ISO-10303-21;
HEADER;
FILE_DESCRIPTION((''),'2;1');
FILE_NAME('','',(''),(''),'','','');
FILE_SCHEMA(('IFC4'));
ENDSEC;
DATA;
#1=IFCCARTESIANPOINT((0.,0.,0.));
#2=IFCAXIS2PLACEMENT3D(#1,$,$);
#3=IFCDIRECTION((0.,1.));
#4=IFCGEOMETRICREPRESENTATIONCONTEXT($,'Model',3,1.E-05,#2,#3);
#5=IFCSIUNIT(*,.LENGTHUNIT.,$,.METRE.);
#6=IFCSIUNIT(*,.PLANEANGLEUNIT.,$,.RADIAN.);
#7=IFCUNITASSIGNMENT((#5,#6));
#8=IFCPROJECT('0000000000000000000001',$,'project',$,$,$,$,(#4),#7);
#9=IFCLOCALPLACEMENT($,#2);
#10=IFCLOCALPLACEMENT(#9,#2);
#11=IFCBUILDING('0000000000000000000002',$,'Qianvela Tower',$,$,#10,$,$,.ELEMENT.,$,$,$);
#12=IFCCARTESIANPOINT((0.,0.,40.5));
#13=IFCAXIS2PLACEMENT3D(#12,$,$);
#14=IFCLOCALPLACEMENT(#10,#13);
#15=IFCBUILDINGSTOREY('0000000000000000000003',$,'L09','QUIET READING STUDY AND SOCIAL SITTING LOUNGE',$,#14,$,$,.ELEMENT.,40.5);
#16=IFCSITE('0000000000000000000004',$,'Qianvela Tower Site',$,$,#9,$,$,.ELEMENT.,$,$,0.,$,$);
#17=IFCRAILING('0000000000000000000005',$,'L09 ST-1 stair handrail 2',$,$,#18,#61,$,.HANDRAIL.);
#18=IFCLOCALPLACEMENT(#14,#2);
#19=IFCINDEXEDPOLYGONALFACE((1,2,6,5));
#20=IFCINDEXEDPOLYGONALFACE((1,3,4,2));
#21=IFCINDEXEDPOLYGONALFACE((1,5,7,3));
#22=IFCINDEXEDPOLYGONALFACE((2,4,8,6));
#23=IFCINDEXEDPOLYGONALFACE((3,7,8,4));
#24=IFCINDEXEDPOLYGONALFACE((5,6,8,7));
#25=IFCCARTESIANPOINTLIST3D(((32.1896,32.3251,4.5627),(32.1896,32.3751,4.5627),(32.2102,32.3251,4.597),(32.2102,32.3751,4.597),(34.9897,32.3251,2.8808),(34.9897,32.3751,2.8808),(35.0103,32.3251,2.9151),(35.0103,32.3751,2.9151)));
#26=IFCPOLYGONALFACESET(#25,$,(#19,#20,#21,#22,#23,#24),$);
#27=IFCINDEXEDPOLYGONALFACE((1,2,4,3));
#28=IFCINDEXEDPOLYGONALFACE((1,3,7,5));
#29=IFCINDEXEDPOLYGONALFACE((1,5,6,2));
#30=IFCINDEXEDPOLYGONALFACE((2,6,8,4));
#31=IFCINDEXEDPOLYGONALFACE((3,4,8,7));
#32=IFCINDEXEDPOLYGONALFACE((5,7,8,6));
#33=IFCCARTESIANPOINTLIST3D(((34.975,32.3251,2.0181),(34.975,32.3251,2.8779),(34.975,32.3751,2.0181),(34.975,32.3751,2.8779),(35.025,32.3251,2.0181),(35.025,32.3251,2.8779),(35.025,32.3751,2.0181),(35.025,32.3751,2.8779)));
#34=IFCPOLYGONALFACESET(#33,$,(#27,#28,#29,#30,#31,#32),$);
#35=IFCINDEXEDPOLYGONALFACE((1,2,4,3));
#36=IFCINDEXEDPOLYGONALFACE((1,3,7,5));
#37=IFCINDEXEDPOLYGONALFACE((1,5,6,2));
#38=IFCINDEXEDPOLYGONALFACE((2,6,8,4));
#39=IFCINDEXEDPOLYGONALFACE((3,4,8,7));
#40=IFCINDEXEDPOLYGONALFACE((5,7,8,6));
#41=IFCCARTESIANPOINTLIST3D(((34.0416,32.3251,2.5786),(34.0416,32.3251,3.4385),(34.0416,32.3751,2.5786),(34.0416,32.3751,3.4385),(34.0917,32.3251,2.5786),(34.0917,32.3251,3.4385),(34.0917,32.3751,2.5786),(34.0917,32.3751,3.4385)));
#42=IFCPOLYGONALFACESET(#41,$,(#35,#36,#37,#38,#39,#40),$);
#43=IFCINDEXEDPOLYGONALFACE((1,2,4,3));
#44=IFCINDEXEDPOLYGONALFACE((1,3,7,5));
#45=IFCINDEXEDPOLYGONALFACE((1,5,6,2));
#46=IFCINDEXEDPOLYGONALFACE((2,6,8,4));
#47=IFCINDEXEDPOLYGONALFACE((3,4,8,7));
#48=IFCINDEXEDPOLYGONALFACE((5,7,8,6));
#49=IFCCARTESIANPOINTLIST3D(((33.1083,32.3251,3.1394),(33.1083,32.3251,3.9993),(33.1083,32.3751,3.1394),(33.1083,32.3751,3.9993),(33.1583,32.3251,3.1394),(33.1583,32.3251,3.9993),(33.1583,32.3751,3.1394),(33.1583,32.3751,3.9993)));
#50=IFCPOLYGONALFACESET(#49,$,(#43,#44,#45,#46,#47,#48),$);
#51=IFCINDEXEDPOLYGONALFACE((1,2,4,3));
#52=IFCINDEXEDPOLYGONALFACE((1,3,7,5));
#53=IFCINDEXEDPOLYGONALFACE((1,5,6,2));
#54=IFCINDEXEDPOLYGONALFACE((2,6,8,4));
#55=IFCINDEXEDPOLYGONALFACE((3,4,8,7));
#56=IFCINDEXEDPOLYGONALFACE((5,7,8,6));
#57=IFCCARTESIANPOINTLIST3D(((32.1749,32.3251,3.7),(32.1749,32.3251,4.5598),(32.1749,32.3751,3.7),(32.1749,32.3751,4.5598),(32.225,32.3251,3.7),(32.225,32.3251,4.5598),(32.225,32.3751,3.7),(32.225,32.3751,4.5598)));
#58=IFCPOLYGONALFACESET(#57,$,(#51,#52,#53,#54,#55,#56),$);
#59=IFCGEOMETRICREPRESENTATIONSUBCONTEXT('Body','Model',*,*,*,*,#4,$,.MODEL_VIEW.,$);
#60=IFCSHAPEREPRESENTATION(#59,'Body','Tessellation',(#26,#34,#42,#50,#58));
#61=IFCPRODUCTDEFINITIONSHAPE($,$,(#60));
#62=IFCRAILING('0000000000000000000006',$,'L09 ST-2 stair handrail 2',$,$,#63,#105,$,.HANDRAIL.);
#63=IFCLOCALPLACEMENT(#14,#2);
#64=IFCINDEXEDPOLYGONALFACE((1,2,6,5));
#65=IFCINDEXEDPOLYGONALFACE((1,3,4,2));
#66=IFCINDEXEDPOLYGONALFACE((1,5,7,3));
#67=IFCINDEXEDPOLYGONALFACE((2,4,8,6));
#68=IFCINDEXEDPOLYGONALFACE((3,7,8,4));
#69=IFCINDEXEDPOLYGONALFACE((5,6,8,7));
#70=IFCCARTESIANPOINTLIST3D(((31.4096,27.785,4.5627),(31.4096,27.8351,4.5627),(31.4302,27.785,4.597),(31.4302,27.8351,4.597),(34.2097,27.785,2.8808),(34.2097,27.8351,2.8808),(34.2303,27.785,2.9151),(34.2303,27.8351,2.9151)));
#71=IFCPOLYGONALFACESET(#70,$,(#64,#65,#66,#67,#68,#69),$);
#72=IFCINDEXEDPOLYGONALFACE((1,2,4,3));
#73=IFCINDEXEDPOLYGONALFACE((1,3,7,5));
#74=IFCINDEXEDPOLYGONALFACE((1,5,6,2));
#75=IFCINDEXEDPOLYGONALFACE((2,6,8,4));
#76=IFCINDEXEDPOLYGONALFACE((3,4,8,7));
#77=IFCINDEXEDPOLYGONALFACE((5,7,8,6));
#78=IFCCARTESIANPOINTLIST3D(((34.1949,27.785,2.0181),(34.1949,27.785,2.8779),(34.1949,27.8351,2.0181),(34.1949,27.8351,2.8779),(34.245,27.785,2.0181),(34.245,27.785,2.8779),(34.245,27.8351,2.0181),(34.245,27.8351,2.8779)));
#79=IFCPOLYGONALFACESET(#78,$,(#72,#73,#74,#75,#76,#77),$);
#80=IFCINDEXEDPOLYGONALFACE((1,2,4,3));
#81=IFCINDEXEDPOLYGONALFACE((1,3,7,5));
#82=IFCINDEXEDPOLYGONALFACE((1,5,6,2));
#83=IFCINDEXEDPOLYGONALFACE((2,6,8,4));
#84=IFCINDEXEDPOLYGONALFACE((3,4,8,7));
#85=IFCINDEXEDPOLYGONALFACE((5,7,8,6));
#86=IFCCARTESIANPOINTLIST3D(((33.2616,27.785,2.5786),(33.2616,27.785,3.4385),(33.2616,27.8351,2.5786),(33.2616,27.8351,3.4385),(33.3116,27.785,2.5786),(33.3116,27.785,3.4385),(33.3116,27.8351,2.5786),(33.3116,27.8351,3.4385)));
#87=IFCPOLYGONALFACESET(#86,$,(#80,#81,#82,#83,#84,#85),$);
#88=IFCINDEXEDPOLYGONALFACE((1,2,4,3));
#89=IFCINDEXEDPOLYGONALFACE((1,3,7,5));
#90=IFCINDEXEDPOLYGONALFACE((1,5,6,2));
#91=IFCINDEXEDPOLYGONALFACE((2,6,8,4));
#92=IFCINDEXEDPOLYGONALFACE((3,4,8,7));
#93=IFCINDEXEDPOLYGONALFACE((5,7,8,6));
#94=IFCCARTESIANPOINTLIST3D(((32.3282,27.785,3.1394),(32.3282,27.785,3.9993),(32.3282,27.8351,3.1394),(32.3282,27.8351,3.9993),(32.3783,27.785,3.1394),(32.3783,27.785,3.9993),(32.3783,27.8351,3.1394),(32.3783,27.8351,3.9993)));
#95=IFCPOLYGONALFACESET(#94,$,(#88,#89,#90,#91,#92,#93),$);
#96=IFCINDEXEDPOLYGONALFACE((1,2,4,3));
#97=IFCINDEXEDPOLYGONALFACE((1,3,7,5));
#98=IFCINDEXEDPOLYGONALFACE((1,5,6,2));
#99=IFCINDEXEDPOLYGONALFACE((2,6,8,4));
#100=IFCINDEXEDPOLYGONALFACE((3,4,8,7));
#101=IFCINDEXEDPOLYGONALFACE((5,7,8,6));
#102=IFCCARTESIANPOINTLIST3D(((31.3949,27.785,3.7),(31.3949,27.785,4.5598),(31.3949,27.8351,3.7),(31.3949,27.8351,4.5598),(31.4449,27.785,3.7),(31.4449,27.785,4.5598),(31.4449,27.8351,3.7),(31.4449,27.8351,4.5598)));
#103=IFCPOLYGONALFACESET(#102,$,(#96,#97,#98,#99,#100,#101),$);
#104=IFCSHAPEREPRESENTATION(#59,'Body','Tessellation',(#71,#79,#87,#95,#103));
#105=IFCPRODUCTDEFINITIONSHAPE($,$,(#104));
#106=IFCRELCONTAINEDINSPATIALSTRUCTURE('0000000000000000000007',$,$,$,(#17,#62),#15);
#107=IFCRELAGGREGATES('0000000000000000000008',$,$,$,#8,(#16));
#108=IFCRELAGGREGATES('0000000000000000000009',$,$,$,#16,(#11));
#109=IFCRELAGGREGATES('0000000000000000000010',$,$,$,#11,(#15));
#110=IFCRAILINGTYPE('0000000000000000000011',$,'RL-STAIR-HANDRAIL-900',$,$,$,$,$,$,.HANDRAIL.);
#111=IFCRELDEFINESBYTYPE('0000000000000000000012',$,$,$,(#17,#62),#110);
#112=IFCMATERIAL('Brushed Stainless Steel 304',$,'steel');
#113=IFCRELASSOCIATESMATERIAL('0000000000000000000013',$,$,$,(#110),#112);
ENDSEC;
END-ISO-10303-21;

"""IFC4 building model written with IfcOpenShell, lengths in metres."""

from ifc_helpers import new_model, si_unit, direction, frame, origin, origin_2d, place, context, subcontext, project, spatial, rectangle, extrude, material, type_object, element, save


model = new_model("IFC4")

# Units and contexts
model_context = context("Model", 3, precision=1e-05, world=origin(), true_north=direction((0.0, 1.0)))
body_context = subcontext(model_context, "Body", "Model", "MODEL_VIEW")
ifc_project = project(units=[si_unit("LENGTHUNIT", "METRE"), si_unit("PLANEANGLEUNIT", "RADIAN")], contexts=[model_context])

# Site, building, storey
site_placement = place(None, origin())
site = spatial("IfcSite", under=ifc_project, at=site_placement, Name="Qianvela Tower Site", CompositionType="ELEMENT", RefElevation=0.0)
building_placement = place(site_placement, origin())
building = spatial("IfcBuilding", under=site, at=building_placement, Name="Qianvela Tower", CompositionType="ELEMENT")
storey_placement = place(building_placement, frame((0.0, 0.0, 40.5)))
storey = spatial("IfcBuildingStorey", under=building, at=storey_placement, Name="L09", Description="QUIET READING STUDY AND SOCIAL SITTING LOUNGE", CompositionType="ELEMENT", Elevation=40.5)

# Railings
ifc_material_1 = material(Name="Brushed Stainless Steel 304", Category="steel")
railing_type_1 = type_object("IfcRailingType", Name="RL-STAIR-HANDRAIL-900", PredefinedType="HANDRAIL", material=ifc_material_1)
for number, where, name in (
    (1, (35.0, 32.3501, 2.0181), "L09 ST-1 stair handrail 2"),
    (2, (34.22, 27.8101, 2.0181), "L09 ST-2 stair handrail 2"),
):
    element("IfcRailing", number, at=place(storey_placement, frame(where)), inside=storey, type_object=railing_type_1, Name=name, PredefinedType="HANDRAIL", context=body_context, shape_type="SweptSolid", body=[
        extrude(rectangle(XDim=0.05, YDim=0.04, at=origin_2d()), frame((0.0, 0.0, 0.8799), z_axis=(-0.857242, 0.0, 0.514913), x_axis=(0.0, -1.0, 0.0)), (0.0, 0.0, 1.0), 3.2664),
        extrude(rectangle(XDim=0.05, YDim=0.05, at=origin_2d()), origin(), (0.0, 0.0, 1.0), 0.8599),
        extrude(rectangle(XDim=0.05, YDim=0.05, at=origin_2d()), frame((-0.9333, 0.0, 0.5605)), (0.0, 0.0, 1.0), 0.8599),
        extrude(rectangle(XDim=0.05, YDim=0.05, at=origin_2d()), frame((-1.8667, 0.0, 1.1213)), (0.0, 0.0, 1.0), 0.8599),
        extrude(rectangle(XDim=0.05, YDim=0.05, at=origin_2d()), frame((-2.8, 0.0, 1.6819)), (0.0, 0.0, 1.0), 0.8599),
    ])

save(model, "model.ifc")
